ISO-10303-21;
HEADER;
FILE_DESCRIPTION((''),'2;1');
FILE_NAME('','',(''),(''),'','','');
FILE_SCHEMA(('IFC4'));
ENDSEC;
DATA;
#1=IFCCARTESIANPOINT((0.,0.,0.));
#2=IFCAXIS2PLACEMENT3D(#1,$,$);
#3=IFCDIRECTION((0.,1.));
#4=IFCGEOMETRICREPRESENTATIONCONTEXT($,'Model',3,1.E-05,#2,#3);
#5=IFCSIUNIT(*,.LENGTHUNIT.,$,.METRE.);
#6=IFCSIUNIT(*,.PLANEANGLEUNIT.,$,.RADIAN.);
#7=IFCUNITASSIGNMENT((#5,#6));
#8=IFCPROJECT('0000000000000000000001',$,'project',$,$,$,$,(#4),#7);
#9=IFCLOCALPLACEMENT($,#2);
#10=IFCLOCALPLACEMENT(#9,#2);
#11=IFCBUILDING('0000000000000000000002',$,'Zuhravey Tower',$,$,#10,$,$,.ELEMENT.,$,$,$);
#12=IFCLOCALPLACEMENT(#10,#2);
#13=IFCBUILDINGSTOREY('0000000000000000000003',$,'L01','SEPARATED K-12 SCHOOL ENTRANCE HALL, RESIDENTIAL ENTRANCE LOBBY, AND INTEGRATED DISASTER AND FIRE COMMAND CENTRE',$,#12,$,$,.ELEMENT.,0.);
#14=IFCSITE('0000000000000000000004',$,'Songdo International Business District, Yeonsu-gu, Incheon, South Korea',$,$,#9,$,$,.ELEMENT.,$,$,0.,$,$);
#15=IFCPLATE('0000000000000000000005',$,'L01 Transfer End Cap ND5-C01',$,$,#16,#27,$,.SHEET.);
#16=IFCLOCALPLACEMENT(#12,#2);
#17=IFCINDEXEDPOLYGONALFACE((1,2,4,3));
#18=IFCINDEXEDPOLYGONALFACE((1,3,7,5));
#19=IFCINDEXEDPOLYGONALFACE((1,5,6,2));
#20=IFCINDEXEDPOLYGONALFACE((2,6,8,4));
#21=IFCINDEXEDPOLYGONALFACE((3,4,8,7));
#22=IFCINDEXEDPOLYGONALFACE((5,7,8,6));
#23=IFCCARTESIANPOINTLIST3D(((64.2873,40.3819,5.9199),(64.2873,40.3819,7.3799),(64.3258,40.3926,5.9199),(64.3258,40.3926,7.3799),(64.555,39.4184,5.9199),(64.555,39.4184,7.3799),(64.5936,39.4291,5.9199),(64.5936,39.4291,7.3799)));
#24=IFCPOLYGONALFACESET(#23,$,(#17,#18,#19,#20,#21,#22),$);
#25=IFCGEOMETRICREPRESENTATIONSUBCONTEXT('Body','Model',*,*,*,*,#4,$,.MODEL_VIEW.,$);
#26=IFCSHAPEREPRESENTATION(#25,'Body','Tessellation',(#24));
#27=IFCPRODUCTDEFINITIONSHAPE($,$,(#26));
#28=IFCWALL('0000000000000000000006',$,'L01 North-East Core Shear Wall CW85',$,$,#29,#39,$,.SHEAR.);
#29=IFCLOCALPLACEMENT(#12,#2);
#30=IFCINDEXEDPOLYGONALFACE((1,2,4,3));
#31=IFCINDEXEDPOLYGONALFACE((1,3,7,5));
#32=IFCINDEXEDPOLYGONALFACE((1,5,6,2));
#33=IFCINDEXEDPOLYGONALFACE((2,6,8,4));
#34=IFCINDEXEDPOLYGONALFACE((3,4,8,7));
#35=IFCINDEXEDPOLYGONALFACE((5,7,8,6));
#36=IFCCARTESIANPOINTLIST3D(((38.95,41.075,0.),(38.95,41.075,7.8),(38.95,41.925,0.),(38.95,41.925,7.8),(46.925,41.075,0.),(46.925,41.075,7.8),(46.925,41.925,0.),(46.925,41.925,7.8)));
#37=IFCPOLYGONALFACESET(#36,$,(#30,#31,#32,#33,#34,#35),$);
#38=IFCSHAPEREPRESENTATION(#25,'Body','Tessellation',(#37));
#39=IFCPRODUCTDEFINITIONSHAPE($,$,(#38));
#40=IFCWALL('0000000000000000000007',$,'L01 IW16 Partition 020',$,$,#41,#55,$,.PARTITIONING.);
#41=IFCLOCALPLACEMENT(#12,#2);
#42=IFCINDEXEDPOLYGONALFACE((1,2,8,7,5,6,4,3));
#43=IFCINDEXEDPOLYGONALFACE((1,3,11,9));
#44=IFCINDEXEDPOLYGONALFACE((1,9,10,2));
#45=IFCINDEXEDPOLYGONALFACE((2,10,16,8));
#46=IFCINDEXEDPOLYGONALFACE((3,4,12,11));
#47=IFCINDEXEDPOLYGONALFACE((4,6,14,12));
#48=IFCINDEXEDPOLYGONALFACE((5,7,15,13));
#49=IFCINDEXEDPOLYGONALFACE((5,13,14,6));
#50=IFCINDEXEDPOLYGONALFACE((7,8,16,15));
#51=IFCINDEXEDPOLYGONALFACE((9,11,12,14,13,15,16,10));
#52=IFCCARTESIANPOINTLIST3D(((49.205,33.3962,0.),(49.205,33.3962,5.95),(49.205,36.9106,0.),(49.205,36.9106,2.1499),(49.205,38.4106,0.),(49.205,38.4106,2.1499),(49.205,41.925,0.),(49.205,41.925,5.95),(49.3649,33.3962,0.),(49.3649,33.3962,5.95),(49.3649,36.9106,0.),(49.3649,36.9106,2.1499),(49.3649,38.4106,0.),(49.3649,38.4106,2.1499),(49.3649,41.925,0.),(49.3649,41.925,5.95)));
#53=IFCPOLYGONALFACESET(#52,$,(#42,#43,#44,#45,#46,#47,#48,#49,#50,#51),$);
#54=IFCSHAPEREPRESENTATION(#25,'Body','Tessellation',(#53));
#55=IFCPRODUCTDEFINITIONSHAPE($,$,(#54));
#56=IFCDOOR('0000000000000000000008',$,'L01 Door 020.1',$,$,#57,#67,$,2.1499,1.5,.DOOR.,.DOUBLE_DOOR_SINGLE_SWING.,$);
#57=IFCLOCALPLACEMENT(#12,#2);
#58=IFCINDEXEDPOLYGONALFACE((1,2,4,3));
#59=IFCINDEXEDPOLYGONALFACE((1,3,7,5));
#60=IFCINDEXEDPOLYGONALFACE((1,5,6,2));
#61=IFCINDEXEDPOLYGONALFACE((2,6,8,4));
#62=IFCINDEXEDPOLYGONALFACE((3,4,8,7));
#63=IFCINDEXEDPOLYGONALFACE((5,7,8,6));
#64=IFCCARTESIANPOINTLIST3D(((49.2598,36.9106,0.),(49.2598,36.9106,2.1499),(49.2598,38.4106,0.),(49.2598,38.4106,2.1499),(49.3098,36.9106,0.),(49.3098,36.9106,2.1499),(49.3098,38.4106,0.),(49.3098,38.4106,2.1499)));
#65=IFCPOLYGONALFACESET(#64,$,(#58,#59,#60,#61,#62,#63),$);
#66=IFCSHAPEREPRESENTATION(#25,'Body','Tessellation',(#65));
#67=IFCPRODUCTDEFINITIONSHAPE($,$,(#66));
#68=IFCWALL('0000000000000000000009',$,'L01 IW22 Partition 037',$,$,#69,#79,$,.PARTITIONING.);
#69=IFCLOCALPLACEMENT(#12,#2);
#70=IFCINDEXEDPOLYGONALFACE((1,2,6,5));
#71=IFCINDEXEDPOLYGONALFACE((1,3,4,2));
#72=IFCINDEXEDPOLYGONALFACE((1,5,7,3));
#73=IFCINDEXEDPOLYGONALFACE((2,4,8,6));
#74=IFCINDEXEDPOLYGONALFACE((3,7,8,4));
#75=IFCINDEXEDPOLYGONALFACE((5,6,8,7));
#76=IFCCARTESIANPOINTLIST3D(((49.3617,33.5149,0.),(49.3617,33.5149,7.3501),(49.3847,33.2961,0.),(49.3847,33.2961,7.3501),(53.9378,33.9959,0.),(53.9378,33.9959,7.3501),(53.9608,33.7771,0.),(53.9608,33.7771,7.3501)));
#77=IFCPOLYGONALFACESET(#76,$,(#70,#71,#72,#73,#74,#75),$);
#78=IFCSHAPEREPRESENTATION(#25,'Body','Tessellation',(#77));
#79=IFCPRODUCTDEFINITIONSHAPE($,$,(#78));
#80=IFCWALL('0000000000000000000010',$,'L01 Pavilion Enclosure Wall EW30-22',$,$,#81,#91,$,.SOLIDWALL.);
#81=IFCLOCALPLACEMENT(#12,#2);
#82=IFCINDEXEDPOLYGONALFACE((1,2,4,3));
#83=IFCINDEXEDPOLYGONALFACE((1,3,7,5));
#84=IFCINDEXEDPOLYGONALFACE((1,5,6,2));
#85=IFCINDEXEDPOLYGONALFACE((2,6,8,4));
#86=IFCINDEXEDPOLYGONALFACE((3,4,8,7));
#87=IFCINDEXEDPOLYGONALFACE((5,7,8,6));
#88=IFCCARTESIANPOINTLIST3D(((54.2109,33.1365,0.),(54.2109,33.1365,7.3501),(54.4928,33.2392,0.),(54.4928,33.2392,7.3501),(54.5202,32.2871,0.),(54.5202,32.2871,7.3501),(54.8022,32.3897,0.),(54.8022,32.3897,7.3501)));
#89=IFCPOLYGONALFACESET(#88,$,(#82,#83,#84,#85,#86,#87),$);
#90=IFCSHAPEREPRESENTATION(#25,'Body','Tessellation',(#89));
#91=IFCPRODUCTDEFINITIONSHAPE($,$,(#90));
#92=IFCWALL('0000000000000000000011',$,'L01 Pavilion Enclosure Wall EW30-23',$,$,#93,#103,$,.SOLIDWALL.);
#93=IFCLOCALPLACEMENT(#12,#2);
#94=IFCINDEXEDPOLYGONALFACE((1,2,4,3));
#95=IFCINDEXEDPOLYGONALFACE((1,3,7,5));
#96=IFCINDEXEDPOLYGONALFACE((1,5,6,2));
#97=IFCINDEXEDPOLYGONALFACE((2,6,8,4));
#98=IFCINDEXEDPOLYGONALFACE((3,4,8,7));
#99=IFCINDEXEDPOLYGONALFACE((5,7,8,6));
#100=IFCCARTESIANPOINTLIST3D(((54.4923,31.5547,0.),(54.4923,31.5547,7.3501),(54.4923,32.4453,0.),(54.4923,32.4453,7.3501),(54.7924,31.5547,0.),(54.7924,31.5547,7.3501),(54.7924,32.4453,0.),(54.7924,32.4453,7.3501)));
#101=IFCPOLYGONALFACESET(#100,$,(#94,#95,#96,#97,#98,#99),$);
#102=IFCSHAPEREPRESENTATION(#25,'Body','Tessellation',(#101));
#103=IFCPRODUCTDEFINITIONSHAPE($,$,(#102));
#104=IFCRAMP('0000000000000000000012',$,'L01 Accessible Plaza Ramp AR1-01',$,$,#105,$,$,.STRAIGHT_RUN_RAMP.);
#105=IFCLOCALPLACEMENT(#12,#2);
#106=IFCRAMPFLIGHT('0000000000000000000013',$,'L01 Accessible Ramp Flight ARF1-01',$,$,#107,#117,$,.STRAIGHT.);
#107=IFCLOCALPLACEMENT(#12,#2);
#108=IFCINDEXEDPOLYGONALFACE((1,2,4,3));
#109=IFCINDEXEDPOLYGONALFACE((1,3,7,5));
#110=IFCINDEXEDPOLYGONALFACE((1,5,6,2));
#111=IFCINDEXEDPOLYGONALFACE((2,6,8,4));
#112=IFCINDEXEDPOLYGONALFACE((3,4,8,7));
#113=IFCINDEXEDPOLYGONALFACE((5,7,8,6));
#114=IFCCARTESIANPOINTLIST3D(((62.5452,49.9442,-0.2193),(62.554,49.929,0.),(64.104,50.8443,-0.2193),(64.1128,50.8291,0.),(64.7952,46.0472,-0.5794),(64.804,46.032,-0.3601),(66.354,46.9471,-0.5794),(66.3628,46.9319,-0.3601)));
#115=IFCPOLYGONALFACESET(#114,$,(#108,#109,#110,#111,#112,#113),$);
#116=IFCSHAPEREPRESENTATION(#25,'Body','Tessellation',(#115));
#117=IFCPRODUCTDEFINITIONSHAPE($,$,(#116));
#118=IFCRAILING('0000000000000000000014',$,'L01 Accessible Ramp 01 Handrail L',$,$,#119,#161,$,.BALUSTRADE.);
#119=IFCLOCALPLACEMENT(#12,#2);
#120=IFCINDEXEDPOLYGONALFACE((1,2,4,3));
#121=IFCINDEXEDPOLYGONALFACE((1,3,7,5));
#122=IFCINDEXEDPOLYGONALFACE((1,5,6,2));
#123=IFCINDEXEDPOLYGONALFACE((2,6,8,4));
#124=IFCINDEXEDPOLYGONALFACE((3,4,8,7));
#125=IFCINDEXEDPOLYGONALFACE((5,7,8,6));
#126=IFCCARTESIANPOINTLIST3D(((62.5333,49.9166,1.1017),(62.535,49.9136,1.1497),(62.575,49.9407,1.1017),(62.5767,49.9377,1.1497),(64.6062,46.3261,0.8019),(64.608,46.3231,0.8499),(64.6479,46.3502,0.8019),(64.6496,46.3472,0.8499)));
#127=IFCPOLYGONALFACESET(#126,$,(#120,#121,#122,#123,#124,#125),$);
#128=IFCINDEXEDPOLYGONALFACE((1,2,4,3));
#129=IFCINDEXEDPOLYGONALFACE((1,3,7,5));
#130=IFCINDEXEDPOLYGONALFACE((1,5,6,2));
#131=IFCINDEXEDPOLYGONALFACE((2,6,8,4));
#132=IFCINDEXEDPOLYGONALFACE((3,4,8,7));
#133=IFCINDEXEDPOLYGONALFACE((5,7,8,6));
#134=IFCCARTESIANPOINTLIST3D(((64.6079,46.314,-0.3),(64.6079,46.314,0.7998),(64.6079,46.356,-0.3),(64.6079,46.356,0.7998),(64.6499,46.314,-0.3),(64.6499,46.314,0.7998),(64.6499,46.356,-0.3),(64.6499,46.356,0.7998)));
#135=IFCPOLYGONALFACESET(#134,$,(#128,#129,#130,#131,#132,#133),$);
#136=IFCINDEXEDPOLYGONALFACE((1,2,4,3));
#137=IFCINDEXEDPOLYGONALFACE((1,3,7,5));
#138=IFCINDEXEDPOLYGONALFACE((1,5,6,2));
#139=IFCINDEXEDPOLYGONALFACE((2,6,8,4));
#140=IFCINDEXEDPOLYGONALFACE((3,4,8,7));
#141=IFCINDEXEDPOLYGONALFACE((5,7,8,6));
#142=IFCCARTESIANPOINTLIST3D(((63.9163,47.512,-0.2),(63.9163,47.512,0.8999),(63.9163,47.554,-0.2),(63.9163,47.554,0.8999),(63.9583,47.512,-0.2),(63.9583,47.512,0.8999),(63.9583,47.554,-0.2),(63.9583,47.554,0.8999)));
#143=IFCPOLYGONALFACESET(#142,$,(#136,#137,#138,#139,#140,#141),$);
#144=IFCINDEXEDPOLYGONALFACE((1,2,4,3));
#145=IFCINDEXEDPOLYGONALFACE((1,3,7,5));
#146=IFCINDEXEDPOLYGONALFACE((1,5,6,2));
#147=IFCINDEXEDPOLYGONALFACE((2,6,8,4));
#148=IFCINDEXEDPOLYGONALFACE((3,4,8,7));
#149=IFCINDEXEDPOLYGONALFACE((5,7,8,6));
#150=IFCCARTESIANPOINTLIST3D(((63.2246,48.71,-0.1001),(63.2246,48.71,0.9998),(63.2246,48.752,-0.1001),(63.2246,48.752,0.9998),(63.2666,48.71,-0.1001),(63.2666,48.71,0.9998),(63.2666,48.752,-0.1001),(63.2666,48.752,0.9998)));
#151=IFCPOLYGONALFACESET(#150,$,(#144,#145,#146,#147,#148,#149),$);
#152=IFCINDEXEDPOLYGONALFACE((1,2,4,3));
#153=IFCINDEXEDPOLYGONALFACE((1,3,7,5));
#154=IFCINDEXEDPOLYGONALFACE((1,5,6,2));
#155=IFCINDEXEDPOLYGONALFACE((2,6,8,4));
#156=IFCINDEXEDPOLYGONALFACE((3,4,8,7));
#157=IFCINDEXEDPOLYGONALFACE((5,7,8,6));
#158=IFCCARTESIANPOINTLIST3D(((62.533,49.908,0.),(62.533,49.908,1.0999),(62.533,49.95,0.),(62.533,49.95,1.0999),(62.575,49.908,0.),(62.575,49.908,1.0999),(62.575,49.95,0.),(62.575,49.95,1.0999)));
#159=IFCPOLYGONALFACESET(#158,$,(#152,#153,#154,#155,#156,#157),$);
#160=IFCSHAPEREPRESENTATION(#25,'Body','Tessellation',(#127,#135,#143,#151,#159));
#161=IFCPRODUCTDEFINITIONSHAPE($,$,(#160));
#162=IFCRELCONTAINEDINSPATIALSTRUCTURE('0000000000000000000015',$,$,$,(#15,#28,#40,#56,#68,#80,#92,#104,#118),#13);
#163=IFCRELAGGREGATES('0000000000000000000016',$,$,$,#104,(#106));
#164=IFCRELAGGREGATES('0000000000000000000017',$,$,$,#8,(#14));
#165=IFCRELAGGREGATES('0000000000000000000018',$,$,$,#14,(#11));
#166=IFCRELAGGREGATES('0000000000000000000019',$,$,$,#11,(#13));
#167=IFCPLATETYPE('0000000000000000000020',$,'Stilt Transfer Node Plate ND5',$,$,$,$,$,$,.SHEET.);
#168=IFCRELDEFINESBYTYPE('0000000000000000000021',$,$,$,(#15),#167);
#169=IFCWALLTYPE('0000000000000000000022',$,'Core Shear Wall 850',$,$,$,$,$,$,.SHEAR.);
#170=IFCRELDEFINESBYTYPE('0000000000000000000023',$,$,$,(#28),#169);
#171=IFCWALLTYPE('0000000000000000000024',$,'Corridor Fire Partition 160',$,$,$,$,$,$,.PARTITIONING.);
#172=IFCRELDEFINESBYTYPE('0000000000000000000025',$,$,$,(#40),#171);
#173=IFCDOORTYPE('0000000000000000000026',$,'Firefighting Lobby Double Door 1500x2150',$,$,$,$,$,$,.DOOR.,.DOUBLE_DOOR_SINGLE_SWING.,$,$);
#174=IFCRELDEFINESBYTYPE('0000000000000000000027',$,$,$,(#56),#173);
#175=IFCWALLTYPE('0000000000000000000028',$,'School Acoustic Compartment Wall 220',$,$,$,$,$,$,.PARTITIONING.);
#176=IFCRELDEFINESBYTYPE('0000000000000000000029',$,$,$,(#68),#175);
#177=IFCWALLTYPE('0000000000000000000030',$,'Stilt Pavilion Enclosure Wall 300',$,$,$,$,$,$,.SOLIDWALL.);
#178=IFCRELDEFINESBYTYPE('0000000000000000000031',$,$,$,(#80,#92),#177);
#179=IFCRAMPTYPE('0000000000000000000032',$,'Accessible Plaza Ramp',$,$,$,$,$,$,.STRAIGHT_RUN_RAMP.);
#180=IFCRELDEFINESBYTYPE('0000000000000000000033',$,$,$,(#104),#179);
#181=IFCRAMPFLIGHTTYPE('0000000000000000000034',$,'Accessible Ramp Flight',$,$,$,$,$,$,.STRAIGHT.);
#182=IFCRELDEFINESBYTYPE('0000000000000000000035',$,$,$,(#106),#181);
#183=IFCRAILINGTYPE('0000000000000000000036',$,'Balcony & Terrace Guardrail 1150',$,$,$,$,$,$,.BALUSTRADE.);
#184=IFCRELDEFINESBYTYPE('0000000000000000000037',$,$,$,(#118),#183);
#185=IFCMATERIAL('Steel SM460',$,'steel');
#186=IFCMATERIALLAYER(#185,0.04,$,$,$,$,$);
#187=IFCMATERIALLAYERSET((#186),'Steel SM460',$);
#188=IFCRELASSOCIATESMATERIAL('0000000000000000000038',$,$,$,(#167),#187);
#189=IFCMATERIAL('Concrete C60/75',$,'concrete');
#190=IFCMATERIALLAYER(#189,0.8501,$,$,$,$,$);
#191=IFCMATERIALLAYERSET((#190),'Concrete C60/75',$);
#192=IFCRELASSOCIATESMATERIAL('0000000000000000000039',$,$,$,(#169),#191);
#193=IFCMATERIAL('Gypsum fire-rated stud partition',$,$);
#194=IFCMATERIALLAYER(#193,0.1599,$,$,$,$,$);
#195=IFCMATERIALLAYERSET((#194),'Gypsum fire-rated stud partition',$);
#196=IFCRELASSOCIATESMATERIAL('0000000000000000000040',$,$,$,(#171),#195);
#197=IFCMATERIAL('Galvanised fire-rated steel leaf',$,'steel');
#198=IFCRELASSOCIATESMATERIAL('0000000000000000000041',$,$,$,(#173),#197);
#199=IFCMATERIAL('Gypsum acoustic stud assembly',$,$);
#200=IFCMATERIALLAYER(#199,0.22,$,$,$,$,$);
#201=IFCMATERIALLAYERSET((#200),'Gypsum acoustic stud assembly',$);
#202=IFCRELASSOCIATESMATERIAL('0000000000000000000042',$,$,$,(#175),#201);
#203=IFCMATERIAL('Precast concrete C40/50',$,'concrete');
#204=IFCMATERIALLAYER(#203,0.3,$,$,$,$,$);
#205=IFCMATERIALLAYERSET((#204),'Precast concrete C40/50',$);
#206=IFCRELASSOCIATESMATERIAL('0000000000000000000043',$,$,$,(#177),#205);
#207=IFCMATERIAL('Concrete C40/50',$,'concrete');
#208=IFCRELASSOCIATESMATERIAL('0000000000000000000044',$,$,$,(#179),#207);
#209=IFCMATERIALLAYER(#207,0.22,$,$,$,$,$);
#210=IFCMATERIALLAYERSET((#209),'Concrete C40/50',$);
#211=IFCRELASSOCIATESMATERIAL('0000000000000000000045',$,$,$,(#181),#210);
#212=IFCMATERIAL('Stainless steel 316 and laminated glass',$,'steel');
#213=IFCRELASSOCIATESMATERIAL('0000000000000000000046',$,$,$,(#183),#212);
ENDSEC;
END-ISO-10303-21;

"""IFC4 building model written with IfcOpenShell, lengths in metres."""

from ifc_helpers import new_model, si_unit, direction, frame, frame_2d, origin, origin_2d, place, context, subcontext, project, spatial, polyline, rectangle, outline, extrude, material, layer, layer_set, type_object, element, fill, aggregate, save


model = new_model("IFC4")

# Units and contexts
model_context = context("Model", 3, precision=1e-05, world=origin(), true_north=direction((0.0, 1.0)))
body_context = subcontext(model_context, "Body", "Model", "MODEL_VIEW")
ifc_project = project(units=[si_unit("LENGTHUNIT", "METRE"), si_unit("PLANEANGLEUNIT", "RADIAN")], contexts=[model_context])

# Site, building, storey
site_placement = place(None, origin())
site = spatial("IfcSite", under=ifc_project, at=site_placement, Name="Songdo International Business District, Yeonsu-gu, Incheon, South Korea", CompositionType="ELEMENT", RefElevation=0.0)
building_placement = place(site_placement, origin())
building = spatial("IfcBuilding", under=site, at=building_placement, Name="Zuhravey Tower", CompositionType="ELEMENT")
storey_placement = place(building_placement, origin())
storey = spatial("IfcBuildingStorey", under=building, at=storey_placement, Name="L01", Description="SEPARATED K-12 SCHOOL ENTRANCE HALL, RESIDENTIAL ENTRANCE LOBBY, AND INTEGRATED DISASTER AND FIRE COMMAND CENTRE", CompositionType="ELEMENT", Elevation=0.0)

# Shared definitions
ifc_material_1 = material(Name="Concrete C60/75", Category="concrete")

# Shared definitions
ifc_material_2 = material(Name="Steel SM460", Category="steel")

# Plate
ifc_layer_1 = layer(ifc_material_2, 0.04)
ifc_layer_set_1 = layer_set([ifc_layer_1], Name="Steel SM460")
plate_type_1 = type_object("IfcPlateType", Name="Stilt Transfer Node Plate ND5", PredefinedType="SHEET", material=ifc_layer_set_1)
plate_1_placement = place(storey_placement, frame((64.4404, 39.9055, 5.9199), z_axis=(0.0, 0.0, 1.0), x_axis=(0.96349, 0.267743, 0.0)))
element("IfcPlate", 1, at=plate_1_placement, inside=storey, type_object=plate_type_1, Name="L01 Transfer End Cap ND5-C01", PredefinedType="SHEET", context=body_context, shape_type="SweptSolid", body=[
    extrude(rectangle(XDim=0.04, YDim=1.0, at=origin_2d()), origin(), (0.0, 0.0, 1.0), 1.46),
])

# Wall
ifc_layer_2 = layer(ifc_material_1, 0.8501)
ifc_layer_set_2 = layer_set([ifc_layer_2], Name="Concrete C60/75")
wall_type_1 = type_object("IfcWallType", Name="Core Shear Wall 850", PredefinedType="SHEAR", material=ifc_layer_set_2)
wall_1_placement = place(storey_placement, frame((46.925, 41.5, 0.0), z_axis=(0.0, 0.0, 1.0), x_axis=(-1.0, 0.0, 0.0)))
element("IfcWall", 2, at=wall_1_placement, inside=storey, type_object=wall_type_1, Name="L01 North-East Core Shear Wall CW85", PredefinedType="SHEAR", context=body_context, shape_type="SweptSolid", body=[
    extrude(rectangle(XDim=7.9751, YDim=0.8501, at=frame_2d((3.9875, 0.0))), origin(), (0.0, 0.0, 1.0), 7.8),
])

# Wall, opening, door
ifc_material_3 = material(Name="Gypsum fire-rated stud partition")
ifc_layer_3 = layer(ifc_material_3, 0.1599)
ifc_layer_set_3 = layer_set([ifc_layer_3], Name="Gypsum fire-rated stud partition")
wall_type_2 = type_object("IfcWallType", Name="Corridor Fire Partition 160", PredefinedType="PARTITIONING", material=ifc_layer_set_3)
wall_2_placement = place(storey_placement, frame((49.2849, 33.3962, 0.0), z_axis=(0.0, 0.0, 1.0), x_axis=(0.0, 1.0, 0.0)))
wall_2 = element("IfcWall", 3, at=wall_2_placement, inside=storey, type_object=wall_type_2, Name="L01 IW16 Partition 020", PredefinedType="PARTITIONING", context=body_context, shape_type="SweptSolid", body=[
    extrude(rectangle(XDim=8.5288, YDim=0.1599, at=frame_2d((4.2644, 0.0))), origin(), (0.0, 0.0, 1.0), 5.95),
])
opening_placement = place(wall_2_placement, frame((3.5144, 0.0, 0.0)))
opening = element("IfcOpeningElement", 4, at=opening_placement, cuts=wall_2, PredefinedType="OPENING", context=body_context, shape_type="SweptSolid", body=[
    extrude(rectangle(XDim=1.5, YDim=2.1499, at=frame_2d((0.75, 1.075))), frame((0.0, 0.092, 0.0), z_axis=(0.0, -1.0, 0.0), x_axis=(1.0, 0.0, 0.0)), (0.0, 0.0, 1.0), 0.1838),
])
ifc_material_4 = material(Name="Galvanised fire-rated steel leaf", Category="steel")
door_type = type_object("IfcDoorType", Name="Firefighting Lobby Double Door 1500x2150", OperationType="DOUBLE_DOOR_SINGLE_SWING", PredefinedType="DOOR", material=ifc_material_4)
door_placement = place(opening_placement, frame((1.5, 0.0, 0.0), z_axis=(0.0, 0.0, 1.0), x_axis=(-1.0, 0.0, 0.0)))
door = element("IfcDoor", 5, at=door_placement, inside=storey, type_object=door_type, Name="L01 Door 020.1", OperationType="DOUBLE_DOOR_SINGLE_SWING", OverallHeight=2.1499, OverallWidth=1.5, PredefinedType="DOOR", context=body_context, shape_type="SweptSolid", body=[
    extrude(rectangle(XDim=1.5, YDim=2.1499, at=frame_2d((0.75, 1.075))), frame((0.0, 0.0249, 0.0), z_axis=(0.0, -1.0, 0.0), x_axis=(1.0, 0.0, 0.0)), (0.0, 0.0, 1.0), 0.05),
])
fill(opening, door)

# Walls
ifc_material_5 = material(Name="Gypsum acoustic stud assembly")
ifc_layer_4 = layer(ifc_material_5, 0.22)
ifc_layer_set_4 = layer_set([ifc_layer_4], Name="Gypsum acoustic stud assembly")
wall_type_3 = type_object("IfcWallType", Name="School Acoustic Compartment Wall 220", PredefinedType="PARTITIONING", material=ifc_layer_set_4)
wall_3_placement = place(storey_placement, frame((49.373, 33.4055, 0.0), z_axis=(0.0, 0.0, 1.0), x_axis=(0.994522, 0.104525, 0.0)))
element("IfcWall", 6, at=wall_3_placement, inside=storey, type_object=wall_type_3, Name="L01 IW22 Partition 037", PredefinedType="PARTITIONING", context=body_context, shape_type="SweptSolid", body=[
    extrude(rectangle(XDim=4.6013, YDim=0.22, at=frame_2d((2.3008, 0.0))), origin(), (0.0, 0.0, 1.0), 7.3501),
])
ifc_material_6 = material(Name="Precast concrete C40/50", Category="concrete")
ifc_layer_5 = layer(ifc_material_6, 0.3)
ifc_layer_set_5 = layer_set([ifc_layer_5], Name="Precast concrete C40/50")
wall_type_4 = type_object("IfcWallType", Name="Stilt Pavilion Enclosure Wall 300", PredefinedType="SOLIDWALL", material=ifc_layer_set_5)
wall_4_placement = place(storey_placement, frame((54.3518, 33.188, 0.0), z_axis=(0.0, 0.0, 1.0), x_axis=(0.342198, -0.939628, 0.0)))
element("IfcWall", 7, at=wall_4_placement, inside=storey, type_object=wall_type_4, Name="L01 Pavilion Enclosure Wall EW30-22", PredefinedType="SOLIDWALL", context=body_context, shape_type="SweptSolid", body=[
    extrude(rectangle(XDim=0.9041, YDim=0.3, at=frame_2d((0.4521, 0.0))), origin(), (0.0, 0.0, 1.0), 7.3501),
])
wall_5_placement = place(storey_placement, frame((54.6423, 32.4453, 0.0), z_axis=(0.0, 0.0, 1.0), x_axis=(0.0, -1.0, 0.0)))
element("IfcWall", 8, at=wall_5_placement, inside=storey, type_object=wall_type_4, Name="L01 Pavilion Enclosure Wall EW30-23", PredefinedType="SOLIDWALL", context=body_context, shape_type="SweptSolid", body=[
    extrude(rectangle(XDim=0.8906, YDim=0.3, at=frame_2d((0.4453, 0.0))), origin(), (0.0, 0.0, 1.0), 7.3501),
])

# Ramp, ramp flight
ifc_material_7 = material(Name="Concrete C40/50", Category="concrete")
ramp_type = type_object("IfcRampType", Name="Accessible Plaza Ramp", PredefinedType="STRAIGHT_RUN_RAMP", material=ifc_material_7)
ramp_placement = place(storey_placement, origin())
ramp = element("IfcRamp", 9, at=ramp_placement, inside=storey, type_object=ramp_type, Name="L01 Accessible Plaza Ramp AR1-01", PredefinedType="STRAIGHT_RUN_RAMP")
ifc_layer_6 = layer(ifc_material_7, 0.22)
ifc_layer_set_6 = layer_set([ifc_layer_6], Name="Concrete C40/50")
ramp_flight_type = type_object("IfcRampFlightType", Name="Accessible Ramp Flight", PredefinedType="STRAIGHT", material=ifc_layer_set_6)
ramp_flight_placement = place(storey_placement, frame((64.804, 46.032, -0.3601), z_axis=(0.039886, -0.069082, 0.996813), x_axis=(0.866048, 0.499962, -0.000005)))
ramp_flight = element("IfcRampFlight", 10, at=ramp_flight_placement, type_object=ramp_flight_type, Name="L01 Accessible Ramp Flight ARF1-01", PredefinedType="STRAIGHT", context=body_context, shape_type="SweptSolid", body=[
    extrude(outline(polyline([(0.0, 0.0), (1.7999, 0.0), (1.7998, 4.5145), (-0.0003, 4.5143), (0.0, 0.0)])), origin(), (0.0, 0.0, -1.0), 0.22),
])
aggregate(ramp, [ramp_flight])

# Railing
ifc_material_8 = material(Name="Stainless steel 316 and laminated glass", Category="steel")
railing_type = type_object("IfcRailingType", Name="Balcony & Terrace Guardrail 1150", PredefinedType="BALUSTRADE", material=ifc_material_8)
for number, where, name in (
    (11, (64.6289, 46.335, -0.3), "L01 Accessible Ramp 01 Handrail L"),
):
    element("IfcRailing", number, at=place(storey_placement, frame(where)), inside=storey, type_object=railing_type, Name=name, PredefinedType="BALUSTRADE", context=body_context, shape_type="SweptSolid", body=[
        extrude(rectangle(XDim=0.0481, YDim=0.0481, at=origin_2d()), frame((-0.001, 0.0017, 1.126), z_axis=(-0.498691, 0.863775, 0.072113), x_axis=(-0.86603, -0.499992, 0.0)), (0.0, 0.0, 1.0), 4.1567),
        extrude(rectangle(XDim=0.042, YDim=0.042, at=origin_2d()), origin(), (0.0, 0.0, 1.0), 1.0999),
        extrude(rectangle(XDim=0.042, YDim=0.042, at=origin_2d()), frame((-0.6917, 1.198, 0.1001)), (0.0, 0.0, 1.0), 1.0999),
        extrude(rectangle(XDim=0.042, YDim=0.042, at=origin_2d()), frame((-1.3833, 2.396, 0.2)), (0.0, 0.0, 1.0), 1.0999),
        extrude(rectangle(XDim=0.042, YDim=0.042, at=origin_2d()), frame((-2.075, 3.594, 0.3)), (0.0, 0.0, 1.0), 1.0999),
    ])

save(model, "model.ifc")
